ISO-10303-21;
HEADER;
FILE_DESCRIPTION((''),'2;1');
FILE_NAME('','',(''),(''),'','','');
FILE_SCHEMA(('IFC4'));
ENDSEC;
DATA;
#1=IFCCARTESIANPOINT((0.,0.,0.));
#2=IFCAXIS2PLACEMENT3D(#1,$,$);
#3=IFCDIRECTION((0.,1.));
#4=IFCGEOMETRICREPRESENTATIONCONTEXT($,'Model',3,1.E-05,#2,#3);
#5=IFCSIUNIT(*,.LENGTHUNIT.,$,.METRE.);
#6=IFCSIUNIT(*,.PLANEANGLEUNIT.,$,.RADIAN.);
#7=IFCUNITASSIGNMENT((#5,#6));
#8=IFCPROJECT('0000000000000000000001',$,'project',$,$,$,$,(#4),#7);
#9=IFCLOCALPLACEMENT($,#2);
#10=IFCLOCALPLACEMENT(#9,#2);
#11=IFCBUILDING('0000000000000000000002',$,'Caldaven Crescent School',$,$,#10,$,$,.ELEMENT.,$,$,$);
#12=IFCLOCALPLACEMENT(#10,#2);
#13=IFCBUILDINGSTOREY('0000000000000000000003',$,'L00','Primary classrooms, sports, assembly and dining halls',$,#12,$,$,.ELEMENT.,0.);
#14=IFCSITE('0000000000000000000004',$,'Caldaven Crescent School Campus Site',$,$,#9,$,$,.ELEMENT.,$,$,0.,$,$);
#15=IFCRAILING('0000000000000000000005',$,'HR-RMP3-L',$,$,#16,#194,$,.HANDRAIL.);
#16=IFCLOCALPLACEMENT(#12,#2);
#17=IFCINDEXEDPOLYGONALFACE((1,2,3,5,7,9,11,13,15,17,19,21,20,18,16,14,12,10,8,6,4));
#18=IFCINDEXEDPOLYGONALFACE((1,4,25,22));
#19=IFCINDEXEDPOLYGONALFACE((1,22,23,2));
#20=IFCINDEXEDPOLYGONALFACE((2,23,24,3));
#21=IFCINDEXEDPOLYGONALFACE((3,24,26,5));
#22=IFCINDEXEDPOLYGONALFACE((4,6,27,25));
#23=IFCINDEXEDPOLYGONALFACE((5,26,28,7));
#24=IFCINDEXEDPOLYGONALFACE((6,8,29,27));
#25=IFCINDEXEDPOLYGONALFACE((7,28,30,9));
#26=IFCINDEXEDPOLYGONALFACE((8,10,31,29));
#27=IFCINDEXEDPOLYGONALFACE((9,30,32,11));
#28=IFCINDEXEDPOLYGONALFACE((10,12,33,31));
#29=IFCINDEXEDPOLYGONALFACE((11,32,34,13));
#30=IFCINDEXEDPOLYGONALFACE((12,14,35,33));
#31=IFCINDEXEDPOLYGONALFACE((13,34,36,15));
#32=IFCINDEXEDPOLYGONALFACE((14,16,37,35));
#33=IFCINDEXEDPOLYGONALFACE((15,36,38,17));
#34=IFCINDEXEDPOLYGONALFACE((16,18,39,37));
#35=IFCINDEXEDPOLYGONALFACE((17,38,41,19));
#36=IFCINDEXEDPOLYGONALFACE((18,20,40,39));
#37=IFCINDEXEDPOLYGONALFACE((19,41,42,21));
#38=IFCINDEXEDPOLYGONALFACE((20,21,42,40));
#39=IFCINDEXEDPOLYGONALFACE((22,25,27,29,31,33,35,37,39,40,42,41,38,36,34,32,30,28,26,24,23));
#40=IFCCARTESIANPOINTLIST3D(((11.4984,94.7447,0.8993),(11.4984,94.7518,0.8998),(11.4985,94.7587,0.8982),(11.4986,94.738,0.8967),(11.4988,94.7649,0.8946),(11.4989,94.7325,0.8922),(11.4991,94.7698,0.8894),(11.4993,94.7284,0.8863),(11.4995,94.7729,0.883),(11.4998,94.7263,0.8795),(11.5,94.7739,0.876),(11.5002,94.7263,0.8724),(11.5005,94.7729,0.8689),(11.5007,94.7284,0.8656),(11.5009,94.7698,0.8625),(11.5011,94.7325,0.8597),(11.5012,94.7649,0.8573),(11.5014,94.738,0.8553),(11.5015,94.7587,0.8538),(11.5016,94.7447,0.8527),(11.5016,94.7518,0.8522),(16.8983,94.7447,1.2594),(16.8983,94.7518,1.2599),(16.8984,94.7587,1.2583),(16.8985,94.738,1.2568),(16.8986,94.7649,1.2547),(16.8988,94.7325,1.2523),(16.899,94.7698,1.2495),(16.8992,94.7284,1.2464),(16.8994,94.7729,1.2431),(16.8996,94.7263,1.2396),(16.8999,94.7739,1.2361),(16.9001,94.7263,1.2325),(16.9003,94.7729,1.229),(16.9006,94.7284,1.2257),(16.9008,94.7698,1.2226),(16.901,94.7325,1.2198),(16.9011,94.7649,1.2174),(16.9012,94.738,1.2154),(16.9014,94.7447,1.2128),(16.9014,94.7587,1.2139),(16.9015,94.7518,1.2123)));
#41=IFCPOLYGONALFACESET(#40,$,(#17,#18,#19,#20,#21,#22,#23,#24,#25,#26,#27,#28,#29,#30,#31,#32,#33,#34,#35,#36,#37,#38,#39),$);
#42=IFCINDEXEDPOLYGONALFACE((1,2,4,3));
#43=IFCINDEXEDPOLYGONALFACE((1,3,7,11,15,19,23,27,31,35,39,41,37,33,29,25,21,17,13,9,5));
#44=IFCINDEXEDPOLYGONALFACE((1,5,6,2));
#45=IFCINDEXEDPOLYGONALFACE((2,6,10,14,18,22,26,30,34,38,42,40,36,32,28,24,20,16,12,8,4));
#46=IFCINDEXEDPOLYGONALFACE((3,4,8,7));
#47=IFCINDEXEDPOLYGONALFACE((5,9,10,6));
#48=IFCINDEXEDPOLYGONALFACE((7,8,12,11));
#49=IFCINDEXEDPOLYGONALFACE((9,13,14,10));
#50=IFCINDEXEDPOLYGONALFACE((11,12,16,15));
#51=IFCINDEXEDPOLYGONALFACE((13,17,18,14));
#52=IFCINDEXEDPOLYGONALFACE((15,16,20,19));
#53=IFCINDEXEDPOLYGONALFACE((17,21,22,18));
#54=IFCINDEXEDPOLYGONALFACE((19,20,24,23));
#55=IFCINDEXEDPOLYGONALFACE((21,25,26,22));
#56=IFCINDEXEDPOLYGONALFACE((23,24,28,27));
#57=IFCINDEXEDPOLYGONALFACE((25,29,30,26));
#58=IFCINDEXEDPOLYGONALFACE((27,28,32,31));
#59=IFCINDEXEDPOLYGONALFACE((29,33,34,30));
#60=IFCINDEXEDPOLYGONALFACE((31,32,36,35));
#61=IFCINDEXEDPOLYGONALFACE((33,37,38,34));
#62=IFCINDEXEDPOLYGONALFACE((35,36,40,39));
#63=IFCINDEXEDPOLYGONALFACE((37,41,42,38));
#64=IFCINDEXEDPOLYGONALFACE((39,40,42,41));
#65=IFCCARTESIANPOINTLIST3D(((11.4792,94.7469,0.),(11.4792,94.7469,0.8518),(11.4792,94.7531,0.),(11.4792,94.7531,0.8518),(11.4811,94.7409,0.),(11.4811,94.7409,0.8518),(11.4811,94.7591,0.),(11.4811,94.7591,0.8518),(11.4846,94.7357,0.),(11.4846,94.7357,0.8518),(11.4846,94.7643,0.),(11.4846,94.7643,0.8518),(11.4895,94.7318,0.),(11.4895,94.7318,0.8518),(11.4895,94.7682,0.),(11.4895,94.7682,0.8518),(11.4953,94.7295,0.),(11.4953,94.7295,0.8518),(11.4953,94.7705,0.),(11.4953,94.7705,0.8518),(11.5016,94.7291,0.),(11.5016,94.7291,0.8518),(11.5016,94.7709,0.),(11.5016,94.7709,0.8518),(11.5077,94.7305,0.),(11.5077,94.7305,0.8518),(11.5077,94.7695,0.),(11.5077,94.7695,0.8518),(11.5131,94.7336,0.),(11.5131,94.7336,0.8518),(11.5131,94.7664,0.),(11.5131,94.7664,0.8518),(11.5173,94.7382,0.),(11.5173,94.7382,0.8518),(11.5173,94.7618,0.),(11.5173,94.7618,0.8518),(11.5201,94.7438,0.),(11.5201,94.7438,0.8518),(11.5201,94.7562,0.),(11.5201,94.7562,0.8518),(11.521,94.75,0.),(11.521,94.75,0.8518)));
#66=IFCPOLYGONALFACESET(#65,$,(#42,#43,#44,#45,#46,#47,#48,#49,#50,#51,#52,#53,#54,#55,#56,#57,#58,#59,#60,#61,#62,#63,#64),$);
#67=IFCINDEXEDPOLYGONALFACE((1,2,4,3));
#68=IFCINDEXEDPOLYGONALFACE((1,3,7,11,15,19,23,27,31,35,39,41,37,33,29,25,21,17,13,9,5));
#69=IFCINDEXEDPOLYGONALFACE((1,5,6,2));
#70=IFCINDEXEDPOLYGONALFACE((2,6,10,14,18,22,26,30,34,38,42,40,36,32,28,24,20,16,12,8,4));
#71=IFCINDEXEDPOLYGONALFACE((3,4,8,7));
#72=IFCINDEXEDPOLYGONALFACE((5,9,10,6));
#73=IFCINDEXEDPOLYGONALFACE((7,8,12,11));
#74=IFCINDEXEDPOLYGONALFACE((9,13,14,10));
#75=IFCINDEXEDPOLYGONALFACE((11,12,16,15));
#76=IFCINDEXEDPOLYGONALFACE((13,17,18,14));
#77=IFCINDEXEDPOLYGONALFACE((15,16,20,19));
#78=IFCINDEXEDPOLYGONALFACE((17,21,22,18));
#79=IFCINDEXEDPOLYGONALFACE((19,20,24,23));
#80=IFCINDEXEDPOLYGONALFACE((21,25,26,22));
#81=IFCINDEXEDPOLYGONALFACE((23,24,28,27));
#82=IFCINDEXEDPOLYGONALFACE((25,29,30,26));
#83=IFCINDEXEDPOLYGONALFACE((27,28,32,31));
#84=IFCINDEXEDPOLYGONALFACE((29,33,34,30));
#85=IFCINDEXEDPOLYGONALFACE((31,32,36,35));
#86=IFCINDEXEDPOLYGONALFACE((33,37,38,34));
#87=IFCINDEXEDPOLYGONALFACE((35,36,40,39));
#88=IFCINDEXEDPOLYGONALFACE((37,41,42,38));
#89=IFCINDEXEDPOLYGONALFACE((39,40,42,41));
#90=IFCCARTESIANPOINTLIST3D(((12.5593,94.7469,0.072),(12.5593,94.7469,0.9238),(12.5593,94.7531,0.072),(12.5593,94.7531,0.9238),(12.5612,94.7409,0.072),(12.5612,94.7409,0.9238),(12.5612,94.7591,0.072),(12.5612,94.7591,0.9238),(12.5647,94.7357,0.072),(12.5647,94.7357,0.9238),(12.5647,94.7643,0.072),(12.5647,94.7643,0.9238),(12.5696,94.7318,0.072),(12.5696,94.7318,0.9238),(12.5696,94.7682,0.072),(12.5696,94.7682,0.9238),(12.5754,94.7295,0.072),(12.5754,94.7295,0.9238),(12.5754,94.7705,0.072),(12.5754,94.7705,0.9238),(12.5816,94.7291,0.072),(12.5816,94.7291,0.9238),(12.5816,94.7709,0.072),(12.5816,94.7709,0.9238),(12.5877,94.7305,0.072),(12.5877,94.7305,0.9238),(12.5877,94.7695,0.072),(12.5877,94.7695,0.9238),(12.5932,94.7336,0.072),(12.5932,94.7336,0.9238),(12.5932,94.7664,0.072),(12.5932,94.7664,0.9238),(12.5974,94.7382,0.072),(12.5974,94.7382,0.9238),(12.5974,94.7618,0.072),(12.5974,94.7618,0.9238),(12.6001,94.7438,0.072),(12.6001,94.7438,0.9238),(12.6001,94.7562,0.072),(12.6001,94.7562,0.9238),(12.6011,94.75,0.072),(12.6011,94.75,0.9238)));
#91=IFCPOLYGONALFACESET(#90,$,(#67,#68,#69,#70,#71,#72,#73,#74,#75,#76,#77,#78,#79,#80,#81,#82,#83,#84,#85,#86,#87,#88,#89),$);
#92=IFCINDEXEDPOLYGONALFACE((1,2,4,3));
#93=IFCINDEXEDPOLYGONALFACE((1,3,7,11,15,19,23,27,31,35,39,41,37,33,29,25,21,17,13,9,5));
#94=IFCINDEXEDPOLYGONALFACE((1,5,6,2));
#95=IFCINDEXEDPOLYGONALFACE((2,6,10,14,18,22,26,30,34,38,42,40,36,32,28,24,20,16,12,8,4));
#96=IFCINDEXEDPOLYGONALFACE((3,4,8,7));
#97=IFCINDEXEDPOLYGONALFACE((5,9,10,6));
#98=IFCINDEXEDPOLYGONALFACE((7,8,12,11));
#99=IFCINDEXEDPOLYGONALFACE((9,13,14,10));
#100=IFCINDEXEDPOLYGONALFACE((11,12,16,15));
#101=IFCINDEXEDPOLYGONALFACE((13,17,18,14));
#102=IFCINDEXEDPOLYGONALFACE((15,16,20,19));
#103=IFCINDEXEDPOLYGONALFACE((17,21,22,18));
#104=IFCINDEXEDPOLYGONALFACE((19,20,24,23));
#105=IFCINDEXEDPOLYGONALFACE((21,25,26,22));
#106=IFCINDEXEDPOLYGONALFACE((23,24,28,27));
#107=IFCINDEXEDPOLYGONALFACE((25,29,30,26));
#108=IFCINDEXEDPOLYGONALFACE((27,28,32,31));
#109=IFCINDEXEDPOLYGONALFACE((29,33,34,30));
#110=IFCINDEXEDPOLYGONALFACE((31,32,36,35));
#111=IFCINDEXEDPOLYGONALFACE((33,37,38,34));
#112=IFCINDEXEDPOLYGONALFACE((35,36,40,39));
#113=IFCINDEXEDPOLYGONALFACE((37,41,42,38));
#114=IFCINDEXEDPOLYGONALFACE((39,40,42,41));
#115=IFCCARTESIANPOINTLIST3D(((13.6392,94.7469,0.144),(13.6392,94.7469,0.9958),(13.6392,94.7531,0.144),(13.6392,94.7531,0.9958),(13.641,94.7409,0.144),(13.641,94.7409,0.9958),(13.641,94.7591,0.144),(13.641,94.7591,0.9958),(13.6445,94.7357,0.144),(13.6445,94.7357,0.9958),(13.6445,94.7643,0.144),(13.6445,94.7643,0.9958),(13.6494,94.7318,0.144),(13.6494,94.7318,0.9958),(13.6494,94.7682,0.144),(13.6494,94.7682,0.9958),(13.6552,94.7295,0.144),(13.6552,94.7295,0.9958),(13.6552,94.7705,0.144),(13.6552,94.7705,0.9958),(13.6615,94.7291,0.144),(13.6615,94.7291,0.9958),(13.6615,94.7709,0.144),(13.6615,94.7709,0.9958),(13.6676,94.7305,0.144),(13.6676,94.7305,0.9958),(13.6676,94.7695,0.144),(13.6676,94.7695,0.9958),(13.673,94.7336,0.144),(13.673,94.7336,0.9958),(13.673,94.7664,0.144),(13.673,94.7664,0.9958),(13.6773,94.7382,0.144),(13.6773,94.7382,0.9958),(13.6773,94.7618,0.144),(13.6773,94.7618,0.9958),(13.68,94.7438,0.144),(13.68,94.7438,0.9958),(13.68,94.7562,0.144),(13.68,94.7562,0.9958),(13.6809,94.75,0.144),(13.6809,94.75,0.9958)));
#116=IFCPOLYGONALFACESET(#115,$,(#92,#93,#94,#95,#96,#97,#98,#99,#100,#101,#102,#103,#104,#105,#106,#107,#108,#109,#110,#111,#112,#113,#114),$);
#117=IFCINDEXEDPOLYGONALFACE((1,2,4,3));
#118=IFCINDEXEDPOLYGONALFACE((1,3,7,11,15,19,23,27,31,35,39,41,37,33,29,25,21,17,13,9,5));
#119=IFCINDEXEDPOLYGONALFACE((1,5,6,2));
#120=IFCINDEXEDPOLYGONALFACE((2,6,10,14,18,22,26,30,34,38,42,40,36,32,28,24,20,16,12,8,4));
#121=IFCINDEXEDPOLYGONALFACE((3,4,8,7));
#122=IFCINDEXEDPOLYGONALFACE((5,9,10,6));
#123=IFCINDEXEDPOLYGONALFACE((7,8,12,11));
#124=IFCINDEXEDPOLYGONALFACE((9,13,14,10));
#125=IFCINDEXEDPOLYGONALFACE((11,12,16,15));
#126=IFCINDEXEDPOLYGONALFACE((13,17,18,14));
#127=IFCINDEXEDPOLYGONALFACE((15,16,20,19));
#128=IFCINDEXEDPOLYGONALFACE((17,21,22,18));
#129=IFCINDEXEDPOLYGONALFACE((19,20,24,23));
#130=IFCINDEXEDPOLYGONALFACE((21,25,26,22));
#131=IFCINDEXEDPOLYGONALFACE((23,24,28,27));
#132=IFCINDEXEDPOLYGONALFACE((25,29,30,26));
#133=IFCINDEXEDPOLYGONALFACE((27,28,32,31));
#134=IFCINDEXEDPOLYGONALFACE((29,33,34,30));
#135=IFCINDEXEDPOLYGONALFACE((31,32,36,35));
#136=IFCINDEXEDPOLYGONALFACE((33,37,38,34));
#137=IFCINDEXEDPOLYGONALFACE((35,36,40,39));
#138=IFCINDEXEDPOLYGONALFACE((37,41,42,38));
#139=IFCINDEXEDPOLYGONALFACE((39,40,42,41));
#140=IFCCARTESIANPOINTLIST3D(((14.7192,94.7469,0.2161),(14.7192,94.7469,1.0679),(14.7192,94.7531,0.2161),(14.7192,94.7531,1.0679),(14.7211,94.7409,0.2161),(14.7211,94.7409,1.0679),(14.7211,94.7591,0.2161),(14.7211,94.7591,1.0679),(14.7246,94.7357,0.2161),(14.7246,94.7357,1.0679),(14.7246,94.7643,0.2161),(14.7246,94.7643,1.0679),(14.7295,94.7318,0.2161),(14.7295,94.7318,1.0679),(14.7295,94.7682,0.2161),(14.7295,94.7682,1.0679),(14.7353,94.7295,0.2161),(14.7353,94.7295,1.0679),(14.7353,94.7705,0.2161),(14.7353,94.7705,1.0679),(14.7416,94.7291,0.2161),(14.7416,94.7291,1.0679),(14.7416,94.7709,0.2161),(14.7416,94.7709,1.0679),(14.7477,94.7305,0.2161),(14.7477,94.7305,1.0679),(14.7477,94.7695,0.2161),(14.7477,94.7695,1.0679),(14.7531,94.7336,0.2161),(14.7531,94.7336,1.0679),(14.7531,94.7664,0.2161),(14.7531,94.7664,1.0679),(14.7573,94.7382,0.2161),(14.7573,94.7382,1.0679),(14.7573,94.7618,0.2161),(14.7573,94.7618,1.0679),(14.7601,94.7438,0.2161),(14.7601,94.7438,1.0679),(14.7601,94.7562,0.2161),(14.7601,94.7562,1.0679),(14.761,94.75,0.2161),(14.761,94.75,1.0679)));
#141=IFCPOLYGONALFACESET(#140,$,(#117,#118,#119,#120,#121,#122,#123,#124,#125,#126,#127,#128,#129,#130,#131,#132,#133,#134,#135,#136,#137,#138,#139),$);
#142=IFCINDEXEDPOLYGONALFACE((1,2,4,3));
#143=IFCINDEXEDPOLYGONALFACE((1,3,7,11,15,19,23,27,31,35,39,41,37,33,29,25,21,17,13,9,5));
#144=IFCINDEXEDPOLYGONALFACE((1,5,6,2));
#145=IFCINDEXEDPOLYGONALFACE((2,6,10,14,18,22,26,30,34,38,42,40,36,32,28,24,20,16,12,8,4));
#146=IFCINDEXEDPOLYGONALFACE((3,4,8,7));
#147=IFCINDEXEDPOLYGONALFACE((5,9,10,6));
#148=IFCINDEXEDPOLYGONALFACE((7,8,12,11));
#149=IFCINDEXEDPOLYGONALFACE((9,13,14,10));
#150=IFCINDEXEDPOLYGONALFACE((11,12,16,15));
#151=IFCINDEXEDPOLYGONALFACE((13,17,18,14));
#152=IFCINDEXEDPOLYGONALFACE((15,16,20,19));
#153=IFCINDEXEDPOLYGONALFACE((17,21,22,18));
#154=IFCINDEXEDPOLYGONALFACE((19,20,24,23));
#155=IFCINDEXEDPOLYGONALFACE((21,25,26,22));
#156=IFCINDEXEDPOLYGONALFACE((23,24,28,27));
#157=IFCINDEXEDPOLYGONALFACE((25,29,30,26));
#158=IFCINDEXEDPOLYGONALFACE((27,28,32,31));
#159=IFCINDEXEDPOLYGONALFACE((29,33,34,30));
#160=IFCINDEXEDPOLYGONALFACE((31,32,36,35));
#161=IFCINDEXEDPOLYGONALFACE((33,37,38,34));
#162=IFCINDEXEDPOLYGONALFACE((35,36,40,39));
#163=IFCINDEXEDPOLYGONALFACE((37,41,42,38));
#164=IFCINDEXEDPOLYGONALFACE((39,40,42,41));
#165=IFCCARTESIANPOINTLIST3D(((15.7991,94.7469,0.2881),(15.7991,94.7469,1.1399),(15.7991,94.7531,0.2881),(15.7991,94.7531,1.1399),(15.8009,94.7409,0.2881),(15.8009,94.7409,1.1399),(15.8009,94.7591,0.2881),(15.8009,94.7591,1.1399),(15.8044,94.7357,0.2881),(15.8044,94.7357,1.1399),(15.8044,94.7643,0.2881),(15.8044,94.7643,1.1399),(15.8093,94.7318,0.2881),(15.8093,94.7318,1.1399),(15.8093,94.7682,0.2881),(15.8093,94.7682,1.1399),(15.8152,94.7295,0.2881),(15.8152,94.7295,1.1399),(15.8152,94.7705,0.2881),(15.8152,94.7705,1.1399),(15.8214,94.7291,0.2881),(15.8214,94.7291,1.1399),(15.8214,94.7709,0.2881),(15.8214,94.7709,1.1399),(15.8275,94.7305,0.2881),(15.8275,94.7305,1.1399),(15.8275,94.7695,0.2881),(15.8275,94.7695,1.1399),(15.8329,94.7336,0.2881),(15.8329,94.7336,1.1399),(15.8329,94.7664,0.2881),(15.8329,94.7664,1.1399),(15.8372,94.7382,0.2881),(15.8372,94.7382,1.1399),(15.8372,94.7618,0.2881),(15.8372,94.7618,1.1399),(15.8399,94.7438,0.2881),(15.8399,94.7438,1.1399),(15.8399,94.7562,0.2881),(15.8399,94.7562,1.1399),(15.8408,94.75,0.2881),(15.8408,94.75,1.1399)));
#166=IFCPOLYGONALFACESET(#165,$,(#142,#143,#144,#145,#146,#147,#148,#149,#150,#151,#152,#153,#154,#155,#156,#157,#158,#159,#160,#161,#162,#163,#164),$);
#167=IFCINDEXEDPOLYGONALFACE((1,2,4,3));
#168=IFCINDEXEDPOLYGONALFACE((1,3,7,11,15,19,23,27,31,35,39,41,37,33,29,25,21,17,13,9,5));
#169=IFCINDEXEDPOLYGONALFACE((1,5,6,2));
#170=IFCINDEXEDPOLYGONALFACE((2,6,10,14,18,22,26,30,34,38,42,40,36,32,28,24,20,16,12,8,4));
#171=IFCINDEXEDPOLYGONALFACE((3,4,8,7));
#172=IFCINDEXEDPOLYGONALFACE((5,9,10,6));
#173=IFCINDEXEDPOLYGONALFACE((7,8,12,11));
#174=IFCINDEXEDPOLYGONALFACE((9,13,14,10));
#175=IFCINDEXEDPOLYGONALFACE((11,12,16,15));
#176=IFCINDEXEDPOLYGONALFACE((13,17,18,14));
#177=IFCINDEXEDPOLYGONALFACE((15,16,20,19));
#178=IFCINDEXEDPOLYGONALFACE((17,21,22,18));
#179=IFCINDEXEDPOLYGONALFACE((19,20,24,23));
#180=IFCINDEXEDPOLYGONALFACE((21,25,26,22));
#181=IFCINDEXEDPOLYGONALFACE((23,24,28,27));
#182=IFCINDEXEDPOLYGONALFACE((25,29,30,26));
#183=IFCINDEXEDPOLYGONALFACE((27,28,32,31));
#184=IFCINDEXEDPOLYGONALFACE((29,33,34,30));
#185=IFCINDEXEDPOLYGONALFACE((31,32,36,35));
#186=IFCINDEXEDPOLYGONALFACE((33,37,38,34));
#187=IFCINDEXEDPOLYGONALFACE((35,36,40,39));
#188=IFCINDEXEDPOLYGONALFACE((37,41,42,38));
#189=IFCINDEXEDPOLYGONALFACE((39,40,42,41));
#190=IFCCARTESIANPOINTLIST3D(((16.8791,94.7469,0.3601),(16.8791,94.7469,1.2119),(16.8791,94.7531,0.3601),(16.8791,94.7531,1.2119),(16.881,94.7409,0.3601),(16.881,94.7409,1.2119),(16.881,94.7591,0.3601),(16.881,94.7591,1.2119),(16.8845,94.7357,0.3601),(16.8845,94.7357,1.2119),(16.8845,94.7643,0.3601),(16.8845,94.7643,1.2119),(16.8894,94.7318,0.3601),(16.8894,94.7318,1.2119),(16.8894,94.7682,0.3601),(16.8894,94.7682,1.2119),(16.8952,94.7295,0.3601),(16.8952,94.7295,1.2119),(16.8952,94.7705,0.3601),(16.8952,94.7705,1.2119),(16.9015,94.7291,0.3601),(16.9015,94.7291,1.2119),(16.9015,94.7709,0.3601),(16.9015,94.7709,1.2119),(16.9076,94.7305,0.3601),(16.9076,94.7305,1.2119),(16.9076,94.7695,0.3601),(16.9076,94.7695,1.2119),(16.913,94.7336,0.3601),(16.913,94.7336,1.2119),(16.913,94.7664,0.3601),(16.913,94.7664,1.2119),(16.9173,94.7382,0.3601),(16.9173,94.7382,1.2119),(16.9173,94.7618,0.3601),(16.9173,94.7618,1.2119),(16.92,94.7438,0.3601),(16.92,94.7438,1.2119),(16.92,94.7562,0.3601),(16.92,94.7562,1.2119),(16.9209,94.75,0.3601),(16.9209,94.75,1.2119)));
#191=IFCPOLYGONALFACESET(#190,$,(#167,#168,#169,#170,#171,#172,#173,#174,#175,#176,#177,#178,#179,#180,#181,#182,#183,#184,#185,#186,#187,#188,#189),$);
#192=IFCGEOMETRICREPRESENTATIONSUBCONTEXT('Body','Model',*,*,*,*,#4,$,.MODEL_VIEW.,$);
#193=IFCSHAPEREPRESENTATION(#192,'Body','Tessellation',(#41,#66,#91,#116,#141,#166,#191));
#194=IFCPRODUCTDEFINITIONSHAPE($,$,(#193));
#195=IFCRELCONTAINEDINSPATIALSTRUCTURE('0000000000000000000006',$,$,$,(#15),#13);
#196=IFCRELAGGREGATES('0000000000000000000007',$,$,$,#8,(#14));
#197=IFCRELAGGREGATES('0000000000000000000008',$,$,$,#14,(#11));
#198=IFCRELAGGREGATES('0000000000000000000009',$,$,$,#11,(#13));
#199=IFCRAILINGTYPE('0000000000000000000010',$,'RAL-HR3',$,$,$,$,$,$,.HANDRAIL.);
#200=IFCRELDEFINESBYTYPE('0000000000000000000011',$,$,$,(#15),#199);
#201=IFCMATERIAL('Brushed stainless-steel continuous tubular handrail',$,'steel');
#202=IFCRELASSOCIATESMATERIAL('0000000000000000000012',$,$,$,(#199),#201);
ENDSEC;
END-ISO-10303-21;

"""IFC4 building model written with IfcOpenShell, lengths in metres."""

from ifc_helpers import new_model, si_unit, direction, frame, origin, origin_2d, place, context, subcontext, project, spatial, circle, extrude, material, type_object, element, save


model = new_model("IFC4")

# Units and contexts
model_context = context("Model", 3, precision=1e-05, world=origin(), true_north=direction((0.0, 1.0)))
body_context = subcontext(model_context, "Body", "Model", "MODEL_VIEW")
ifc_project = project(units=[si_unit("LENGTHUNIT", "METRE"), si_unit("PLANEANGLEUNIT", "RADIAN")], contexts=[model_context])

# Site, building, storey
site_placement = place(None, origin())
site = spatial("IfcSite", under=ifc_project, at=site_placement, Name="Caldaven Crescent School Campus Site", CompositionType="ELEMENT", RefElevation=0.0)
building_placement = place(site_placement, origin())
building = spatial("IfcBuilding", under=site, at=building_placement, Name="Caldaven Crescent School", CompositionType="ELEMENT")
storey_placement = place(building_placement, origin())
storey = spatial("IfcBuildingStorey", under=building, at=storey_placement, Name="L00", Description="Primary classrooms, sports, assembly and dining halls", CompositionType="ELEMENT", Elevation=0.0)

# Railing
ifc_material_1 = material(Name="Brushed stainless-steel continuous tubular handrail", Category="steel")
railing_type_1 = type_object("IfcRailingType", Name="RAL-HR3", PredefinedType="HANDRAIL", material=ifc_material_1)
for number, where, name in (
    (1, (11.5, 94.75, 0.0), "HR-RMP3-L"),
):
    element("IfcRailing", number, at=place(storey_placement, frame(where)), inside=storey, type_object=railing_type_1, Name=name, PredefinedType="HANDRAIL", context=body_context, shape_type="SweptSolid", body=[
        extrude(circle(Radius=0.0239, at=origin_2d()), frame((0.0, 0.0, 0.876), z_axis=(0.997784, 0.0, 0.06654), x_axis=(0.0, 1.0, 0.0)), (0.0, 0.0, 1.0), 5.4119),
        extrude(circle(Radius=0.021, at=origin_2d()), origin(), (0.0, 0.0, 1.0), 0.8518),
        extrude(circle(Radius=0.021, at=origin_2d()), frame((1.0801, 0.0, 0.072)), (0.0, 0.0, 1.0), 0.8518),
        extrude(circle(Radius=0.021, at=origin_2d()), frame((2.1599, 0.0, 0.144)), (0.0, 0.0, 1.0), 0.8518),
        extrude(circle(Radius=0.021, at=origin_2d()), frame((3.24, 0.0, 0.2161)), (0.0, 0.0, 1.0), 0.8518),
        extrude(circle(Radius=0.021, at=origin_2d()), frame((4.3198, 0.0, 0.2881)), (0.0, 0.0, 1.0), 0.8518),
        extrude(circle(Radius=0.021, at=origin_2d()), frame((5.3999, 0.0, 0.3601)), (0.0, 0.0, 1.0), 0.8518),
    ])

save(model, "model.ifc")
